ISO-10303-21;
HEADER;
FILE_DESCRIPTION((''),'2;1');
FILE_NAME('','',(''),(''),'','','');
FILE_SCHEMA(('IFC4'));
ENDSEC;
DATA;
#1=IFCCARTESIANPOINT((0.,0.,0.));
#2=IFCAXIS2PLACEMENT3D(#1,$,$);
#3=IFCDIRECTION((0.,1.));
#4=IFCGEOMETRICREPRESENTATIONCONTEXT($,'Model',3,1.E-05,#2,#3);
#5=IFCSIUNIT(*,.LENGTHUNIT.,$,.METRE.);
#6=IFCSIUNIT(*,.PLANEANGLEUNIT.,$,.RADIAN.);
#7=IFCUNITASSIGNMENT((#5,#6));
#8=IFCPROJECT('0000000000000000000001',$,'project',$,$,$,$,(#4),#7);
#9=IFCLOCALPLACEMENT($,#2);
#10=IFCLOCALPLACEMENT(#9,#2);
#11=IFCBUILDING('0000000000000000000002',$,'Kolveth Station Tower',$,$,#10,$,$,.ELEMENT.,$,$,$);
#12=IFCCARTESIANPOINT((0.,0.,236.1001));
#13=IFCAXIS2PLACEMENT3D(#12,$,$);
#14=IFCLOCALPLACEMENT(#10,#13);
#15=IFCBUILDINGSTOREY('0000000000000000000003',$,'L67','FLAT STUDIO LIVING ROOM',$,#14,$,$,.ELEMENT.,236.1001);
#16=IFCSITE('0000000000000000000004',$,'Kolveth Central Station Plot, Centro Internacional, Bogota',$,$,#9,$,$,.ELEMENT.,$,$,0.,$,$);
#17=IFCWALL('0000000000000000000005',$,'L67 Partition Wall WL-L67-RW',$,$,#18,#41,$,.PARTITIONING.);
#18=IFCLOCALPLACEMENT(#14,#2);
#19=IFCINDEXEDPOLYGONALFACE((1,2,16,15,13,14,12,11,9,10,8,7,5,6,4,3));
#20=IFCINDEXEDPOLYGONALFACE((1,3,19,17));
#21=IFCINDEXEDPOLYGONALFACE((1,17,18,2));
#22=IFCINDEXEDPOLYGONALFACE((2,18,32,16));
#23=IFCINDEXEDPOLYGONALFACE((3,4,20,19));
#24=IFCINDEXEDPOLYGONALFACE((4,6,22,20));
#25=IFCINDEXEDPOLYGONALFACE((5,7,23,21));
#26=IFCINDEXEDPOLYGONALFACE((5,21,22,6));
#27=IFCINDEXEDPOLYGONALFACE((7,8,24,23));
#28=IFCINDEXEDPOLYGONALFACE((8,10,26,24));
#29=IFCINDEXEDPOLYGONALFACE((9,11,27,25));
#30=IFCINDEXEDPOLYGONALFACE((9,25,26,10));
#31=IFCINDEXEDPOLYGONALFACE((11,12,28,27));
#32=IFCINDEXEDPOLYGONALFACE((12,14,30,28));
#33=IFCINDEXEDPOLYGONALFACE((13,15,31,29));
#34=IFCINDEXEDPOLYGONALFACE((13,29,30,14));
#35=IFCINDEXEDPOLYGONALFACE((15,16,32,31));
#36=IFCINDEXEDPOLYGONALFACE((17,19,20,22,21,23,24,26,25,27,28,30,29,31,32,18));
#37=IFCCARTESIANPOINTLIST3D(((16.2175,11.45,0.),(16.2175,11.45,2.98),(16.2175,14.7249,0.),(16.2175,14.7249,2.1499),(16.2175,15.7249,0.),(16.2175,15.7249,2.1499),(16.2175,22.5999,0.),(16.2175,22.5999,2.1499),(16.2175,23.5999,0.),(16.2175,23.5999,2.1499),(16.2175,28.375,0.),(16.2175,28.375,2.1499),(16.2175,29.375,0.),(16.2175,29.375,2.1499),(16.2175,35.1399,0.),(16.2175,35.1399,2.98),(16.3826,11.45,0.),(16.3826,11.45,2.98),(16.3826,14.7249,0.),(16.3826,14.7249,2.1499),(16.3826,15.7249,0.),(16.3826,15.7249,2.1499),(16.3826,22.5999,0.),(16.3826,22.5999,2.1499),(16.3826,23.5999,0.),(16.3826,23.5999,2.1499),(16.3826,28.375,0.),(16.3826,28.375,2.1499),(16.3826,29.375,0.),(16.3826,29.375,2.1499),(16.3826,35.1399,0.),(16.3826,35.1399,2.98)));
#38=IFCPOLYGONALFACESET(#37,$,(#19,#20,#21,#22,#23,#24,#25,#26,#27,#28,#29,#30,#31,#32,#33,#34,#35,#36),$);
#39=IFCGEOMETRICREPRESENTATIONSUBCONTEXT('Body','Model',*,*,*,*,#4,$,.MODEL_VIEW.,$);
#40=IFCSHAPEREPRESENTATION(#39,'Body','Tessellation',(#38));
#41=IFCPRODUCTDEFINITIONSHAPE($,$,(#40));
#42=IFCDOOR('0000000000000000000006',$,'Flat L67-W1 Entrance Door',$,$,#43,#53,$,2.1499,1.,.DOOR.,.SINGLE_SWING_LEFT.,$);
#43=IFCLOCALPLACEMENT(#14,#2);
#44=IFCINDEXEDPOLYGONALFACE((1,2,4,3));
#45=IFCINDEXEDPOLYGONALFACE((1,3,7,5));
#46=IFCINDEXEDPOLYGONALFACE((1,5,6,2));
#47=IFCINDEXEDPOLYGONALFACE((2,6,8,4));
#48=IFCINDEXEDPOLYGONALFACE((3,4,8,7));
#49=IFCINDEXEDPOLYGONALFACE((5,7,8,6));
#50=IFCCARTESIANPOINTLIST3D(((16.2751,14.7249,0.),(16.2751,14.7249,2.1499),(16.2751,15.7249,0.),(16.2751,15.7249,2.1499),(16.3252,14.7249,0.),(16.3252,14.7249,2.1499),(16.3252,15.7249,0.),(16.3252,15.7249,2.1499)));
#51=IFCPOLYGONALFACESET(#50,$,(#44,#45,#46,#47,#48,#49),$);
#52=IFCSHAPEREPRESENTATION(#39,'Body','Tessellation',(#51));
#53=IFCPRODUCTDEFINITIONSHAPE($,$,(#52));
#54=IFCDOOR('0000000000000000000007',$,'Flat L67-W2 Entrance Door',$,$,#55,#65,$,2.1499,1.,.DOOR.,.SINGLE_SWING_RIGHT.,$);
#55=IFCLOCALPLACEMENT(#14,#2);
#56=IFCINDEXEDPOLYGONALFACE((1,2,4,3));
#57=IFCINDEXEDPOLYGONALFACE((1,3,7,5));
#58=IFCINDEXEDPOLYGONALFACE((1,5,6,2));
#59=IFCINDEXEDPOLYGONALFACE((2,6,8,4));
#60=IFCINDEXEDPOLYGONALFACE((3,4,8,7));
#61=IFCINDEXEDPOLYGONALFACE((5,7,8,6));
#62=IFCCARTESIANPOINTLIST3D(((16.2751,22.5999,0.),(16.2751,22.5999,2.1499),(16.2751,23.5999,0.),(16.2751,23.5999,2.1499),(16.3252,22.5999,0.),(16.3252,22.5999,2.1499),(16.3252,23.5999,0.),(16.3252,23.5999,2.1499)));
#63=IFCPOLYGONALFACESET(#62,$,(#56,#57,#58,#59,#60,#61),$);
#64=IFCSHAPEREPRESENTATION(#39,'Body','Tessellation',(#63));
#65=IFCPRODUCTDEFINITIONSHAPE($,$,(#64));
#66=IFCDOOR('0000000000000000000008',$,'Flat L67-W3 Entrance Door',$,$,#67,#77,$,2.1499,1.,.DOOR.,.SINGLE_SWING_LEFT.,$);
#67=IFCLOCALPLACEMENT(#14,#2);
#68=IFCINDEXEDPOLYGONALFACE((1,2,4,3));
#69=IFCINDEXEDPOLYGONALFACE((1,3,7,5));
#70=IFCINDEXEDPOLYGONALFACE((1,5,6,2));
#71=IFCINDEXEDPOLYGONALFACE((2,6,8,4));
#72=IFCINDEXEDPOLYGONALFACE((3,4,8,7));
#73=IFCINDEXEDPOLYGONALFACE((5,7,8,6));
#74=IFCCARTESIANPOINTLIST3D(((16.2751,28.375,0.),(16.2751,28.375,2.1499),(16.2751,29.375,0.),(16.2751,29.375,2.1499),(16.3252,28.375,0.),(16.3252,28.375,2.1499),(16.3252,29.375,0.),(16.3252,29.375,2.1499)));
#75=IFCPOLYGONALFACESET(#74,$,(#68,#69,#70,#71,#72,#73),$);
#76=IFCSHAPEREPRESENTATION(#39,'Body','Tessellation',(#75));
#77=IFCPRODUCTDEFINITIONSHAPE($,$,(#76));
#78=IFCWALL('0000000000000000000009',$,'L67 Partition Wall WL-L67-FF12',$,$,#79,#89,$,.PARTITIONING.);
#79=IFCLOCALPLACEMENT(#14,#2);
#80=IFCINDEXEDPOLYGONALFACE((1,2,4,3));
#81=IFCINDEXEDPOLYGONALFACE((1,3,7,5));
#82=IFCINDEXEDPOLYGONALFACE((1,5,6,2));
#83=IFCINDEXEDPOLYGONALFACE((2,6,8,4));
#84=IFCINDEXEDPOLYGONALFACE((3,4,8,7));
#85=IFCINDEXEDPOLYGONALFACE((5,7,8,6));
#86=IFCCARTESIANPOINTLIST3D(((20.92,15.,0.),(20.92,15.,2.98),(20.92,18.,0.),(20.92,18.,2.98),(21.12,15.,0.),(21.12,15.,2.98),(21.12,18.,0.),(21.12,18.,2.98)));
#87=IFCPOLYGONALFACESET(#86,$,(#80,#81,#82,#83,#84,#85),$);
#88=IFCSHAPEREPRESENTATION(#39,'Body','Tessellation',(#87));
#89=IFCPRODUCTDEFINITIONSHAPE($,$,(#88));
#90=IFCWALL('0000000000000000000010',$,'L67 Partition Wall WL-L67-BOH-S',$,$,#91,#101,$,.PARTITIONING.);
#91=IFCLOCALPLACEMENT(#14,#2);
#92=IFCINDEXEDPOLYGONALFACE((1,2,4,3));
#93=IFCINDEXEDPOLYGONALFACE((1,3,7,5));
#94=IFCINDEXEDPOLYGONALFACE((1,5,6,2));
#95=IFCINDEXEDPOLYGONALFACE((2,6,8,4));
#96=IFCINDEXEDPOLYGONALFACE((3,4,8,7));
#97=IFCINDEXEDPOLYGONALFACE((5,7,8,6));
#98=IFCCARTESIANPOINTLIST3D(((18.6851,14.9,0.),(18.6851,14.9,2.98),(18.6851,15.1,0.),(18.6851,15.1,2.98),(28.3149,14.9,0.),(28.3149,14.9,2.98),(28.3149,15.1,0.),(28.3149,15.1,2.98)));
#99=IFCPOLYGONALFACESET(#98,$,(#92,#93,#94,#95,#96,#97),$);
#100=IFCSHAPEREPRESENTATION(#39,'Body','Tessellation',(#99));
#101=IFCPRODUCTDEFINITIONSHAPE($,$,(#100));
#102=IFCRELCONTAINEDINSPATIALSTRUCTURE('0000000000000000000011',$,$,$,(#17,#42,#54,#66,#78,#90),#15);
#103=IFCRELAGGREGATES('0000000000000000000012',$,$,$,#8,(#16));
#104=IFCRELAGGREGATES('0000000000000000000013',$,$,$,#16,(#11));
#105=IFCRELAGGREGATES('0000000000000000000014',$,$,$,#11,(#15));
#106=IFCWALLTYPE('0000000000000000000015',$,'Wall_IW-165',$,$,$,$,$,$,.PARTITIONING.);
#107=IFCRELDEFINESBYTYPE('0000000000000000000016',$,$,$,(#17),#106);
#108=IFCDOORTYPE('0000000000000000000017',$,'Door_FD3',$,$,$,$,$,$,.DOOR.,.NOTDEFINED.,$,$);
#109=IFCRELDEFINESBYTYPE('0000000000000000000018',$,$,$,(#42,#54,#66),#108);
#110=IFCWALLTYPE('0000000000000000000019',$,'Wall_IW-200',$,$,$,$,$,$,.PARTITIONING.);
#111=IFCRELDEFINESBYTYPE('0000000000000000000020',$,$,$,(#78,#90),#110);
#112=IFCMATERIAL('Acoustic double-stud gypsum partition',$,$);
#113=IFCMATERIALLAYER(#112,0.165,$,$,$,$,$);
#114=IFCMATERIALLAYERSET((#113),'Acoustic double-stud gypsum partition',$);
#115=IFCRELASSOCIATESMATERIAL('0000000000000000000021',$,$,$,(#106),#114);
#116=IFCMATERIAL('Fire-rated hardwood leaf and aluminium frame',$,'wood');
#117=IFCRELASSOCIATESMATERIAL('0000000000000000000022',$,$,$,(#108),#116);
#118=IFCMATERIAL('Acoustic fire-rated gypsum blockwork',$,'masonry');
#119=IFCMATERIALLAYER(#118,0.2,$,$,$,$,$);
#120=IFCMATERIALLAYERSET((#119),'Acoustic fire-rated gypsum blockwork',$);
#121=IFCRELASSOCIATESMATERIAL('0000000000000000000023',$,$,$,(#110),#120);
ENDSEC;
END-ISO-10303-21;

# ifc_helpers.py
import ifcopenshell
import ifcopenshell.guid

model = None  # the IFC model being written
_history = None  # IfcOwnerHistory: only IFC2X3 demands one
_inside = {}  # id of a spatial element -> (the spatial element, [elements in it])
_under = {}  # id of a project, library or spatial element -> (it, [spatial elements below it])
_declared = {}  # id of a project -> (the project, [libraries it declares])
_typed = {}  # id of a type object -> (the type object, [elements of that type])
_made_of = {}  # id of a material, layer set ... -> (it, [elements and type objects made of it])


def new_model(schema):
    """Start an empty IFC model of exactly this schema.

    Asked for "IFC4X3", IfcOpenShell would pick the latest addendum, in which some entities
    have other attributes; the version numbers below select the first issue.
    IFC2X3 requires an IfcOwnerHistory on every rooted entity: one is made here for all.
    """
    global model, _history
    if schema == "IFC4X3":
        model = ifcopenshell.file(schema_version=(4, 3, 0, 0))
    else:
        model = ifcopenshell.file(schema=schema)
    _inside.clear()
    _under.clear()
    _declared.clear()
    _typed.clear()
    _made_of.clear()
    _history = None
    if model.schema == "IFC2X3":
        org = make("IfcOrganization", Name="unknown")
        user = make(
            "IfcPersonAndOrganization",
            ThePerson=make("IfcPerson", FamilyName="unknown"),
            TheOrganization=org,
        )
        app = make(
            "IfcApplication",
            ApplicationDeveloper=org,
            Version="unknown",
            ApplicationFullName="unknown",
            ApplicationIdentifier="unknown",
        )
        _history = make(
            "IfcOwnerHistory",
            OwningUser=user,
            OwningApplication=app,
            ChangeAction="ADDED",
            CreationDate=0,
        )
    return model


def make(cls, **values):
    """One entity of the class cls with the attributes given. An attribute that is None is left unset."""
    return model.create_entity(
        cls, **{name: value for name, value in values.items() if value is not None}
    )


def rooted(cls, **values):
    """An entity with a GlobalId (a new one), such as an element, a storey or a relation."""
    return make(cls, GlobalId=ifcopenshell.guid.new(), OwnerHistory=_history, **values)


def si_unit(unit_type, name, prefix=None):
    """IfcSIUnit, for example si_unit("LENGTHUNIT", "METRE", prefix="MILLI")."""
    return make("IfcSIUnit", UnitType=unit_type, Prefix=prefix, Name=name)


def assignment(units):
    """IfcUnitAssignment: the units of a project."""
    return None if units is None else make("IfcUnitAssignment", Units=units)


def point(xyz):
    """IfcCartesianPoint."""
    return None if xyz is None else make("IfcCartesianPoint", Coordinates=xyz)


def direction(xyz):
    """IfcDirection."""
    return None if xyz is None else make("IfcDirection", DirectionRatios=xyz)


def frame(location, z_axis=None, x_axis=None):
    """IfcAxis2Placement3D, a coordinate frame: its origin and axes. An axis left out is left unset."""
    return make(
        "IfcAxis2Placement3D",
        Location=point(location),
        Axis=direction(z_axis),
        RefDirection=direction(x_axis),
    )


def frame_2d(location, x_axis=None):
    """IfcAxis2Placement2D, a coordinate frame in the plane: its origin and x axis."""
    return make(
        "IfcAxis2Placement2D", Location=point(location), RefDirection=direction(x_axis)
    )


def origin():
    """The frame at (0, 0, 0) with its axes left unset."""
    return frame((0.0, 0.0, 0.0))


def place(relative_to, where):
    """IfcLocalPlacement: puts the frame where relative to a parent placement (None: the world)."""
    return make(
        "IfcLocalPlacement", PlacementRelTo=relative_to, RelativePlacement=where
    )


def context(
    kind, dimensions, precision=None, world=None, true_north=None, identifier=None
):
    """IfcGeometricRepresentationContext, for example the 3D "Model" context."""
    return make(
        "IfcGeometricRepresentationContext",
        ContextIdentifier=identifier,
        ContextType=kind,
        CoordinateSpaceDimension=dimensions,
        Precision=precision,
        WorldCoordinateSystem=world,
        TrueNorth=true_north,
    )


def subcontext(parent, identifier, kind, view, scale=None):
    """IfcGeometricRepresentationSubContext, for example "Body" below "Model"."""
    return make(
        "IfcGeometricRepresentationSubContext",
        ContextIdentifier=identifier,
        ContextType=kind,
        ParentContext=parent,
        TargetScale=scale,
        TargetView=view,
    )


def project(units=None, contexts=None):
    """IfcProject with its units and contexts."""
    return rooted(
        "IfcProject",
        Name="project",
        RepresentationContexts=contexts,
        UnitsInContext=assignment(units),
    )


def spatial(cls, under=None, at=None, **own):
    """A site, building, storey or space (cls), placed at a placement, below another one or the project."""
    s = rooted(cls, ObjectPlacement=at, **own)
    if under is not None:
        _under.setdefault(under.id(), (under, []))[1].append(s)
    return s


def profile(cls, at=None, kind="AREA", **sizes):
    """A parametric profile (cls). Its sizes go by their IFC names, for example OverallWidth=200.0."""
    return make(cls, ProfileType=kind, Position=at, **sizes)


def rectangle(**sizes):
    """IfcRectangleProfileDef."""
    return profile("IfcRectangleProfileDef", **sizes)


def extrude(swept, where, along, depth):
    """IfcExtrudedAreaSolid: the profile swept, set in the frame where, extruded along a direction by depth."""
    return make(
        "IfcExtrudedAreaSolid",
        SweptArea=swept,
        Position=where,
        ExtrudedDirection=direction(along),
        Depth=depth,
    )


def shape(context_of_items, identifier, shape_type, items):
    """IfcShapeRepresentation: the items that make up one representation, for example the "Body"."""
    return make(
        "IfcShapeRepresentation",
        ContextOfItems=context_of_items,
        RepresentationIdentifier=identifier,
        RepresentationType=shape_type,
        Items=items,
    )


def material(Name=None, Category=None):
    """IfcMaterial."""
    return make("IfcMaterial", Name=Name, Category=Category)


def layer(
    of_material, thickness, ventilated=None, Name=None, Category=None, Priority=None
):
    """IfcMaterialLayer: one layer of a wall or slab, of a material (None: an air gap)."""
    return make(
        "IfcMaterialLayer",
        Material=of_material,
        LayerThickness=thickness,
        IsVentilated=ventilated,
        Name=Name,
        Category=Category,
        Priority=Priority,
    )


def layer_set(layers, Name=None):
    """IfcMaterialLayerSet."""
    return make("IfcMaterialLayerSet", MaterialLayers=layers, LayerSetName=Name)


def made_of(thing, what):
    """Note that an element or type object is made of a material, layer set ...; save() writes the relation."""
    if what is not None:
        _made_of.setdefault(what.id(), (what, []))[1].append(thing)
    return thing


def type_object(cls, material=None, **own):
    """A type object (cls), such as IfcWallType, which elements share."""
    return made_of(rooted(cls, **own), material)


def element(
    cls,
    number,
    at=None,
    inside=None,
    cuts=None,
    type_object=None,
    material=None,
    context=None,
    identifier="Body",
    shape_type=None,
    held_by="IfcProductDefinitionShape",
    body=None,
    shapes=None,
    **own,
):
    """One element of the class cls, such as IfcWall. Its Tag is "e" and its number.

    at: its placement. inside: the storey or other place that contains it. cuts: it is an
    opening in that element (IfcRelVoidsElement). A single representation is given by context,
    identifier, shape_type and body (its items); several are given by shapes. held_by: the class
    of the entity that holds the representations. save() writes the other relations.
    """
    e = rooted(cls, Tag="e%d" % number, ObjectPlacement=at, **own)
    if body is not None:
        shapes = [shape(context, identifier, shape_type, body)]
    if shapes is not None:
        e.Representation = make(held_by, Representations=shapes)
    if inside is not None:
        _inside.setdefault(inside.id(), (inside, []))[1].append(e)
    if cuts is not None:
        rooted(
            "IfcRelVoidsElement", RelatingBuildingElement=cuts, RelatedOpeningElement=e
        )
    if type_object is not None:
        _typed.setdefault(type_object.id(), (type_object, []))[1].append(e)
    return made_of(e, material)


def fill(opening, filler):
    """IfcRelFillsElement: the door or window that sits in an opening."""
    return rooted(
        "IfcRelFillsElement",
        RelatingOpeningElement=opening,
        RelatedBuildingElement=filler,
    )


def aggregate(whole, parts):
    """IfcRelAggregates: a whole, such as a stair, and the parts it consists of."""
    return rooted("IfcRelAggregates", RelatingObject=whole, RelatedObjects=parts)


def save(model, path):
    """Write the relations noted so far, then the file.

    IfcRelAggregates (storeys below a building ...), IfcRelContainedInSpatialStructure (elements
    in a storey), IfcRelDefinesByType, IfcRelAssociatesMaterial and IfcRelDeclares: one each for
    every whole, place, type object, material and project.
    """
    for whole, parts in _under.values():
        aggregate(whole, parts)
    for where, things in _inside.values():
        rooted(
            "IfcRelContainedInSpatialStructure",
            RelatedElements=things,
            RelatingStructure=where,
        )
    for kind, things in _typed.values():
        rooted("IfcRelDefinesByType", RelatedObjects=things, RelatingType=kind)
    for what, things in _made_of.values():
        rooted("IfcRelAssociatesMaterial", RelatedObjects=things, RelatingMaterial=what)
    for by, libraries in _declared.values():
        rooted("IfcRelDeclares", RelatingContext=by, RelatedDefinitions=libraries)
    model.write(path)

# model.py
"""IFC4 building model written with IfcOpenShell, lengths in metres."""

from ifc_helpers import new_model, si_unit, direction, frame, frame_2d, origin, place, context, subcontext, project, spatial, rectangle, extrude, material, layer, layer_set, type_object, element, fill, save


model = new_model("IFC4")

# Units and contexts
model_context = context("Model", 3, precision=1e-05, world=origin(), true_north=direction((0.0, 1.0)))
body_context = subcontext(model_context, "Body", "Model", "MODEL_VIEW")
ifc_project = project(units=[si_unit("LENGTHUNIT", "METRE"), si_unit("PLANEANGLEUNIT", "RADIAN")], contexts=[model_context])

# Site, building, storey
site_placement = place(None, origin())
site = spatial("IfcSite", under=ifc_project, at=site_placement, Name="Kolveth Central Station Plot, Centro Internacional, Bogota", CompositionType="ELEMENT", RefElevation=0.0)
building_placement = place(site_placement, origin())
building = spatial("IfcBuilding", under=site, at=building_placement, Name="Kolveth Station Tower", CompositionType="ELEMENT")
storey_placement = place(building_placement, frame((0.0, 0.0, 236.1001)))
storey = spatial("IfcBuildingStorey", under=building, at=storey_placement, Name="L67", Description="FLAT STUDIO LIVING ROOM", CompositionType="ELEMENT", Elevation=236.1001)

# Wall, openings, doors
ifc_material_1 = material(Name="Acoustic double-stud gypsum partition")
ifc_layer_1 = layer(ifc_material_1, 0.165)
ifc_layer_set_1 = layer_set([ifc_layer_1], Name="Acoustic double-stud gypsum partition")
wall_type_1 = type_object("IfcWallType", Name="Wall_IW-165", PredefinedType="PARTITIONING", material=ifc_layer_set_1)
wall_1_placement = place(storey_placement, frame((16.3, 11.45, 0.0), z_axis=(0.0, 0.0, 1.0), x_axis=(0.0, 1.0, 0.0)))
wall_1 = element("IfcWall", 1, at=wall_1_placement, inside=storey, type_object=wall_type_1, Name="L67 Partition Wall WL-L67-RW", PredefinedType="PARTITIONING", context=body_context, shape_type="SweptSolid", body=[
    extrude(rectangle(XDim=23.6899, YDim=0.165, at=frame_2d((11.845, 0.0))), origin(), (0.0, 0.0, 1.0), 2.98),
])
opening_1_placement = place(wall_1_placement, frame((3.2749, 0.0, 0.0)))
opening_1 = element("IfcOpeningElement", 2, at=opening_1_placement, cuts=wall_1, PredefinedType="OPENING", context=body_context, shape_type="SweptSolid", body=[
    extrude(rectangle(XDim=1.0, YDim=2.1499, at=frame_2d((0.5, 1.075))), frame((0.0, 0.0925, 0.0), z_axis=(0.0, -1.0, 0.0), x_axis=(1.0, 0.0, 0.0)), (0.0, 0.0, 1.0), 0.1851),
])
opening_2_placement = place(wall_1_placement, frame((11.1499, 0.0, 0.0)))
opening_2 = element("IfcOpeningElement", 3, at=opening_2_placement, cuts=wall_1, PredefinedType="OPENING", context=body_context, shape_type="SweptSolid", body=[
    extrude(rectangle(XDim=1.0, YDim=2.1499, at=frame_2d((0.5, 1.075))), frame((0.0, 0.0925, 0.0), z_axis=(0.0, -1.0, 0.0), x_axis=(1.0, 0.0, 0.0)), (0.0, 0.0, 1.0), 0.1851),
])
opening_3_placement = place(wall_1_placement, frame((16.925, 0.0, 0.0)))
opening_3 = element("IfcOpeningElement", 4, at=opening_3_placement, cuts=wall_1, PredefinedType="OPENING", context=body_context, shape_type="SweptSolid", body=[
    extrude(rectangle(XDim=1.0, YDim=2.1499, at=frame_2d((0.5, 1.075))), frame((0.0, 0.0925, 0.0), z_axis=(0.0, -1.0, 0.0), x_axis=(1.0, 0.0, 0.0)), (0.0, 0.0, 1.0), 0.1851),
])
ifc_material_2 = material(Name="Fire-rated hardwood leaf and aluminium frame", Category="wood")
door_type_1 = type_object("IfcDoorType", Name="Door_FD3", OperationType="NOTDEFINED", PredefinedType="DOOR", material=ifc_material_2)
door_1_placement = place(opening_1_placement, origin())
door_1 = element("IfcDoor", 5, at=door_1_placement, inside=storey, type_object=door_type_1, Name="Flat L67-W1 Entrance Door", OperationType="SINGLE_SWING_LEFT", OverallHeight=2.1499, OverallWidth=1.0, PredefinedType="DOOR", context=body_context, shape_type="SweptSolid", body=[
    extrude(rectangle(XDim=1.0, YDim=2.1499, at=frame_2d((0.5, 1.075))), frame((0.0, 0.0249, 0.0), z_axis=(0.0, -1.0, 0.0), x_axis=(1.0, 0.0, 0.0)), (0.0, 0.0, 1.0), 0.05),
])
fill(opening_1, door_1)
door_2_placement = place(opening_2_placement, origin())
door_2 = element("IfcDoor", 6, at=door_2_placement, inside=storey, type_object=door_type_1, Name="Flat L67-W2 Entrance Door", OperationType="SINGLE_SWING_RIGHT", OverallHeight=2.1499, OverallWidth=1.0, PredefinedType="DOOR", context=body_context, shape_type="SweptSolid", body=[
    extrude(rectangle(XDim=1.0, YDim=2.1499, at=frame_2d((0.5, 1.075))), frame((0.0, 0.0249, 0.0), z_axis=(0.0, -1.0, 0.0), x_axis=(1.0, 0.0, 0.0)), (0.0, 0.0, 1.0), 0.05),
])
fill(opening_2, door_2)
door_3_placement = place(opening_3_placement, origin())
door_3 = element("IfcDoor", 7, at=door_3_placement, inside=storey, type_object=door_type_1, Name="Flat L67-W3 Entrance Door", OperationType="SINGLE_SWING_LEFT", OverallHeight=2.1499, OverallWidth=1.0, PredefinedType="DOOR", context=body_context, shape_type="SweptSolid", body=[
    extrude(rectangle(XDim=1.0, YDim=2.1499, at=frame_2d((0.5, 1.075))), frame((0.0, 0.0249, 0.0), z_axis=(0.0, -1.0, 0.0), x_axis=(1.0, 0.0, 0.0)), (0.0, 0.0, 1.0), 0.05),
])
fill(opening_3, door_3)

# Walls
ifc_material_3 = material(Name="Acoustic fire-rated gypsum blockwork", Category="masonry")
ifc_layer_2 = layer(ifc_material_3, 0.2)
ifc_layer_set_2 = layer_set([ifc_layer_2], Name="Acoustic fire-rated gypsum blockwork")
wall_type_2 = type_object("IfcWallType", Name="Wall_IW-200", PredefinedType="PARTITIONING", material=ifc_layer_set_2)
wall_2_placement = place(storey_placement, frame((21.02, 15.0, 0.0), z_axis=(0.0, 0.0, 1.0), x_axis=(0.0, 1.0, 0.0)))
element("IfcWall", 8, at=wall_2_placement, inside=storey, type_object=wall_type_2, Name="L67 Partition Wall WL-L67-FF12", PredefinedType="PARTITIONING", context=body_context, shape_type="SweptSolid", body=[
    extrude(rectangle(XDim=3.0, YDim=0.2, at=frame_2d((1.5, 0.0))), origin(), (0.0, 0.0, 1.0), 2.98),
])
wall_3_placement = place(storey_placement, frame((18.6851, 15.0, 0.0), z_axis=(0.0, 0.0, 1.0), x_axis=(1.0, 0.0, 0.0)))
element("IfcWall", 9, at=wall_3_placement, inside=storey, type_object=wall_type_2, Name="L67 Partition Wall WL-L67-BOH-S", PredefinedType="PARTITIONING", context=body_context, shape_type="SweptSolid", body=[
    extrude(rectangle(XDim=9.6299, YDim=0.2, at=frame_2d((4.8149, 0.0))), origin(), (0.0, 0.0, 1.0), 2.98),
])

save(model, "model.ifc")
